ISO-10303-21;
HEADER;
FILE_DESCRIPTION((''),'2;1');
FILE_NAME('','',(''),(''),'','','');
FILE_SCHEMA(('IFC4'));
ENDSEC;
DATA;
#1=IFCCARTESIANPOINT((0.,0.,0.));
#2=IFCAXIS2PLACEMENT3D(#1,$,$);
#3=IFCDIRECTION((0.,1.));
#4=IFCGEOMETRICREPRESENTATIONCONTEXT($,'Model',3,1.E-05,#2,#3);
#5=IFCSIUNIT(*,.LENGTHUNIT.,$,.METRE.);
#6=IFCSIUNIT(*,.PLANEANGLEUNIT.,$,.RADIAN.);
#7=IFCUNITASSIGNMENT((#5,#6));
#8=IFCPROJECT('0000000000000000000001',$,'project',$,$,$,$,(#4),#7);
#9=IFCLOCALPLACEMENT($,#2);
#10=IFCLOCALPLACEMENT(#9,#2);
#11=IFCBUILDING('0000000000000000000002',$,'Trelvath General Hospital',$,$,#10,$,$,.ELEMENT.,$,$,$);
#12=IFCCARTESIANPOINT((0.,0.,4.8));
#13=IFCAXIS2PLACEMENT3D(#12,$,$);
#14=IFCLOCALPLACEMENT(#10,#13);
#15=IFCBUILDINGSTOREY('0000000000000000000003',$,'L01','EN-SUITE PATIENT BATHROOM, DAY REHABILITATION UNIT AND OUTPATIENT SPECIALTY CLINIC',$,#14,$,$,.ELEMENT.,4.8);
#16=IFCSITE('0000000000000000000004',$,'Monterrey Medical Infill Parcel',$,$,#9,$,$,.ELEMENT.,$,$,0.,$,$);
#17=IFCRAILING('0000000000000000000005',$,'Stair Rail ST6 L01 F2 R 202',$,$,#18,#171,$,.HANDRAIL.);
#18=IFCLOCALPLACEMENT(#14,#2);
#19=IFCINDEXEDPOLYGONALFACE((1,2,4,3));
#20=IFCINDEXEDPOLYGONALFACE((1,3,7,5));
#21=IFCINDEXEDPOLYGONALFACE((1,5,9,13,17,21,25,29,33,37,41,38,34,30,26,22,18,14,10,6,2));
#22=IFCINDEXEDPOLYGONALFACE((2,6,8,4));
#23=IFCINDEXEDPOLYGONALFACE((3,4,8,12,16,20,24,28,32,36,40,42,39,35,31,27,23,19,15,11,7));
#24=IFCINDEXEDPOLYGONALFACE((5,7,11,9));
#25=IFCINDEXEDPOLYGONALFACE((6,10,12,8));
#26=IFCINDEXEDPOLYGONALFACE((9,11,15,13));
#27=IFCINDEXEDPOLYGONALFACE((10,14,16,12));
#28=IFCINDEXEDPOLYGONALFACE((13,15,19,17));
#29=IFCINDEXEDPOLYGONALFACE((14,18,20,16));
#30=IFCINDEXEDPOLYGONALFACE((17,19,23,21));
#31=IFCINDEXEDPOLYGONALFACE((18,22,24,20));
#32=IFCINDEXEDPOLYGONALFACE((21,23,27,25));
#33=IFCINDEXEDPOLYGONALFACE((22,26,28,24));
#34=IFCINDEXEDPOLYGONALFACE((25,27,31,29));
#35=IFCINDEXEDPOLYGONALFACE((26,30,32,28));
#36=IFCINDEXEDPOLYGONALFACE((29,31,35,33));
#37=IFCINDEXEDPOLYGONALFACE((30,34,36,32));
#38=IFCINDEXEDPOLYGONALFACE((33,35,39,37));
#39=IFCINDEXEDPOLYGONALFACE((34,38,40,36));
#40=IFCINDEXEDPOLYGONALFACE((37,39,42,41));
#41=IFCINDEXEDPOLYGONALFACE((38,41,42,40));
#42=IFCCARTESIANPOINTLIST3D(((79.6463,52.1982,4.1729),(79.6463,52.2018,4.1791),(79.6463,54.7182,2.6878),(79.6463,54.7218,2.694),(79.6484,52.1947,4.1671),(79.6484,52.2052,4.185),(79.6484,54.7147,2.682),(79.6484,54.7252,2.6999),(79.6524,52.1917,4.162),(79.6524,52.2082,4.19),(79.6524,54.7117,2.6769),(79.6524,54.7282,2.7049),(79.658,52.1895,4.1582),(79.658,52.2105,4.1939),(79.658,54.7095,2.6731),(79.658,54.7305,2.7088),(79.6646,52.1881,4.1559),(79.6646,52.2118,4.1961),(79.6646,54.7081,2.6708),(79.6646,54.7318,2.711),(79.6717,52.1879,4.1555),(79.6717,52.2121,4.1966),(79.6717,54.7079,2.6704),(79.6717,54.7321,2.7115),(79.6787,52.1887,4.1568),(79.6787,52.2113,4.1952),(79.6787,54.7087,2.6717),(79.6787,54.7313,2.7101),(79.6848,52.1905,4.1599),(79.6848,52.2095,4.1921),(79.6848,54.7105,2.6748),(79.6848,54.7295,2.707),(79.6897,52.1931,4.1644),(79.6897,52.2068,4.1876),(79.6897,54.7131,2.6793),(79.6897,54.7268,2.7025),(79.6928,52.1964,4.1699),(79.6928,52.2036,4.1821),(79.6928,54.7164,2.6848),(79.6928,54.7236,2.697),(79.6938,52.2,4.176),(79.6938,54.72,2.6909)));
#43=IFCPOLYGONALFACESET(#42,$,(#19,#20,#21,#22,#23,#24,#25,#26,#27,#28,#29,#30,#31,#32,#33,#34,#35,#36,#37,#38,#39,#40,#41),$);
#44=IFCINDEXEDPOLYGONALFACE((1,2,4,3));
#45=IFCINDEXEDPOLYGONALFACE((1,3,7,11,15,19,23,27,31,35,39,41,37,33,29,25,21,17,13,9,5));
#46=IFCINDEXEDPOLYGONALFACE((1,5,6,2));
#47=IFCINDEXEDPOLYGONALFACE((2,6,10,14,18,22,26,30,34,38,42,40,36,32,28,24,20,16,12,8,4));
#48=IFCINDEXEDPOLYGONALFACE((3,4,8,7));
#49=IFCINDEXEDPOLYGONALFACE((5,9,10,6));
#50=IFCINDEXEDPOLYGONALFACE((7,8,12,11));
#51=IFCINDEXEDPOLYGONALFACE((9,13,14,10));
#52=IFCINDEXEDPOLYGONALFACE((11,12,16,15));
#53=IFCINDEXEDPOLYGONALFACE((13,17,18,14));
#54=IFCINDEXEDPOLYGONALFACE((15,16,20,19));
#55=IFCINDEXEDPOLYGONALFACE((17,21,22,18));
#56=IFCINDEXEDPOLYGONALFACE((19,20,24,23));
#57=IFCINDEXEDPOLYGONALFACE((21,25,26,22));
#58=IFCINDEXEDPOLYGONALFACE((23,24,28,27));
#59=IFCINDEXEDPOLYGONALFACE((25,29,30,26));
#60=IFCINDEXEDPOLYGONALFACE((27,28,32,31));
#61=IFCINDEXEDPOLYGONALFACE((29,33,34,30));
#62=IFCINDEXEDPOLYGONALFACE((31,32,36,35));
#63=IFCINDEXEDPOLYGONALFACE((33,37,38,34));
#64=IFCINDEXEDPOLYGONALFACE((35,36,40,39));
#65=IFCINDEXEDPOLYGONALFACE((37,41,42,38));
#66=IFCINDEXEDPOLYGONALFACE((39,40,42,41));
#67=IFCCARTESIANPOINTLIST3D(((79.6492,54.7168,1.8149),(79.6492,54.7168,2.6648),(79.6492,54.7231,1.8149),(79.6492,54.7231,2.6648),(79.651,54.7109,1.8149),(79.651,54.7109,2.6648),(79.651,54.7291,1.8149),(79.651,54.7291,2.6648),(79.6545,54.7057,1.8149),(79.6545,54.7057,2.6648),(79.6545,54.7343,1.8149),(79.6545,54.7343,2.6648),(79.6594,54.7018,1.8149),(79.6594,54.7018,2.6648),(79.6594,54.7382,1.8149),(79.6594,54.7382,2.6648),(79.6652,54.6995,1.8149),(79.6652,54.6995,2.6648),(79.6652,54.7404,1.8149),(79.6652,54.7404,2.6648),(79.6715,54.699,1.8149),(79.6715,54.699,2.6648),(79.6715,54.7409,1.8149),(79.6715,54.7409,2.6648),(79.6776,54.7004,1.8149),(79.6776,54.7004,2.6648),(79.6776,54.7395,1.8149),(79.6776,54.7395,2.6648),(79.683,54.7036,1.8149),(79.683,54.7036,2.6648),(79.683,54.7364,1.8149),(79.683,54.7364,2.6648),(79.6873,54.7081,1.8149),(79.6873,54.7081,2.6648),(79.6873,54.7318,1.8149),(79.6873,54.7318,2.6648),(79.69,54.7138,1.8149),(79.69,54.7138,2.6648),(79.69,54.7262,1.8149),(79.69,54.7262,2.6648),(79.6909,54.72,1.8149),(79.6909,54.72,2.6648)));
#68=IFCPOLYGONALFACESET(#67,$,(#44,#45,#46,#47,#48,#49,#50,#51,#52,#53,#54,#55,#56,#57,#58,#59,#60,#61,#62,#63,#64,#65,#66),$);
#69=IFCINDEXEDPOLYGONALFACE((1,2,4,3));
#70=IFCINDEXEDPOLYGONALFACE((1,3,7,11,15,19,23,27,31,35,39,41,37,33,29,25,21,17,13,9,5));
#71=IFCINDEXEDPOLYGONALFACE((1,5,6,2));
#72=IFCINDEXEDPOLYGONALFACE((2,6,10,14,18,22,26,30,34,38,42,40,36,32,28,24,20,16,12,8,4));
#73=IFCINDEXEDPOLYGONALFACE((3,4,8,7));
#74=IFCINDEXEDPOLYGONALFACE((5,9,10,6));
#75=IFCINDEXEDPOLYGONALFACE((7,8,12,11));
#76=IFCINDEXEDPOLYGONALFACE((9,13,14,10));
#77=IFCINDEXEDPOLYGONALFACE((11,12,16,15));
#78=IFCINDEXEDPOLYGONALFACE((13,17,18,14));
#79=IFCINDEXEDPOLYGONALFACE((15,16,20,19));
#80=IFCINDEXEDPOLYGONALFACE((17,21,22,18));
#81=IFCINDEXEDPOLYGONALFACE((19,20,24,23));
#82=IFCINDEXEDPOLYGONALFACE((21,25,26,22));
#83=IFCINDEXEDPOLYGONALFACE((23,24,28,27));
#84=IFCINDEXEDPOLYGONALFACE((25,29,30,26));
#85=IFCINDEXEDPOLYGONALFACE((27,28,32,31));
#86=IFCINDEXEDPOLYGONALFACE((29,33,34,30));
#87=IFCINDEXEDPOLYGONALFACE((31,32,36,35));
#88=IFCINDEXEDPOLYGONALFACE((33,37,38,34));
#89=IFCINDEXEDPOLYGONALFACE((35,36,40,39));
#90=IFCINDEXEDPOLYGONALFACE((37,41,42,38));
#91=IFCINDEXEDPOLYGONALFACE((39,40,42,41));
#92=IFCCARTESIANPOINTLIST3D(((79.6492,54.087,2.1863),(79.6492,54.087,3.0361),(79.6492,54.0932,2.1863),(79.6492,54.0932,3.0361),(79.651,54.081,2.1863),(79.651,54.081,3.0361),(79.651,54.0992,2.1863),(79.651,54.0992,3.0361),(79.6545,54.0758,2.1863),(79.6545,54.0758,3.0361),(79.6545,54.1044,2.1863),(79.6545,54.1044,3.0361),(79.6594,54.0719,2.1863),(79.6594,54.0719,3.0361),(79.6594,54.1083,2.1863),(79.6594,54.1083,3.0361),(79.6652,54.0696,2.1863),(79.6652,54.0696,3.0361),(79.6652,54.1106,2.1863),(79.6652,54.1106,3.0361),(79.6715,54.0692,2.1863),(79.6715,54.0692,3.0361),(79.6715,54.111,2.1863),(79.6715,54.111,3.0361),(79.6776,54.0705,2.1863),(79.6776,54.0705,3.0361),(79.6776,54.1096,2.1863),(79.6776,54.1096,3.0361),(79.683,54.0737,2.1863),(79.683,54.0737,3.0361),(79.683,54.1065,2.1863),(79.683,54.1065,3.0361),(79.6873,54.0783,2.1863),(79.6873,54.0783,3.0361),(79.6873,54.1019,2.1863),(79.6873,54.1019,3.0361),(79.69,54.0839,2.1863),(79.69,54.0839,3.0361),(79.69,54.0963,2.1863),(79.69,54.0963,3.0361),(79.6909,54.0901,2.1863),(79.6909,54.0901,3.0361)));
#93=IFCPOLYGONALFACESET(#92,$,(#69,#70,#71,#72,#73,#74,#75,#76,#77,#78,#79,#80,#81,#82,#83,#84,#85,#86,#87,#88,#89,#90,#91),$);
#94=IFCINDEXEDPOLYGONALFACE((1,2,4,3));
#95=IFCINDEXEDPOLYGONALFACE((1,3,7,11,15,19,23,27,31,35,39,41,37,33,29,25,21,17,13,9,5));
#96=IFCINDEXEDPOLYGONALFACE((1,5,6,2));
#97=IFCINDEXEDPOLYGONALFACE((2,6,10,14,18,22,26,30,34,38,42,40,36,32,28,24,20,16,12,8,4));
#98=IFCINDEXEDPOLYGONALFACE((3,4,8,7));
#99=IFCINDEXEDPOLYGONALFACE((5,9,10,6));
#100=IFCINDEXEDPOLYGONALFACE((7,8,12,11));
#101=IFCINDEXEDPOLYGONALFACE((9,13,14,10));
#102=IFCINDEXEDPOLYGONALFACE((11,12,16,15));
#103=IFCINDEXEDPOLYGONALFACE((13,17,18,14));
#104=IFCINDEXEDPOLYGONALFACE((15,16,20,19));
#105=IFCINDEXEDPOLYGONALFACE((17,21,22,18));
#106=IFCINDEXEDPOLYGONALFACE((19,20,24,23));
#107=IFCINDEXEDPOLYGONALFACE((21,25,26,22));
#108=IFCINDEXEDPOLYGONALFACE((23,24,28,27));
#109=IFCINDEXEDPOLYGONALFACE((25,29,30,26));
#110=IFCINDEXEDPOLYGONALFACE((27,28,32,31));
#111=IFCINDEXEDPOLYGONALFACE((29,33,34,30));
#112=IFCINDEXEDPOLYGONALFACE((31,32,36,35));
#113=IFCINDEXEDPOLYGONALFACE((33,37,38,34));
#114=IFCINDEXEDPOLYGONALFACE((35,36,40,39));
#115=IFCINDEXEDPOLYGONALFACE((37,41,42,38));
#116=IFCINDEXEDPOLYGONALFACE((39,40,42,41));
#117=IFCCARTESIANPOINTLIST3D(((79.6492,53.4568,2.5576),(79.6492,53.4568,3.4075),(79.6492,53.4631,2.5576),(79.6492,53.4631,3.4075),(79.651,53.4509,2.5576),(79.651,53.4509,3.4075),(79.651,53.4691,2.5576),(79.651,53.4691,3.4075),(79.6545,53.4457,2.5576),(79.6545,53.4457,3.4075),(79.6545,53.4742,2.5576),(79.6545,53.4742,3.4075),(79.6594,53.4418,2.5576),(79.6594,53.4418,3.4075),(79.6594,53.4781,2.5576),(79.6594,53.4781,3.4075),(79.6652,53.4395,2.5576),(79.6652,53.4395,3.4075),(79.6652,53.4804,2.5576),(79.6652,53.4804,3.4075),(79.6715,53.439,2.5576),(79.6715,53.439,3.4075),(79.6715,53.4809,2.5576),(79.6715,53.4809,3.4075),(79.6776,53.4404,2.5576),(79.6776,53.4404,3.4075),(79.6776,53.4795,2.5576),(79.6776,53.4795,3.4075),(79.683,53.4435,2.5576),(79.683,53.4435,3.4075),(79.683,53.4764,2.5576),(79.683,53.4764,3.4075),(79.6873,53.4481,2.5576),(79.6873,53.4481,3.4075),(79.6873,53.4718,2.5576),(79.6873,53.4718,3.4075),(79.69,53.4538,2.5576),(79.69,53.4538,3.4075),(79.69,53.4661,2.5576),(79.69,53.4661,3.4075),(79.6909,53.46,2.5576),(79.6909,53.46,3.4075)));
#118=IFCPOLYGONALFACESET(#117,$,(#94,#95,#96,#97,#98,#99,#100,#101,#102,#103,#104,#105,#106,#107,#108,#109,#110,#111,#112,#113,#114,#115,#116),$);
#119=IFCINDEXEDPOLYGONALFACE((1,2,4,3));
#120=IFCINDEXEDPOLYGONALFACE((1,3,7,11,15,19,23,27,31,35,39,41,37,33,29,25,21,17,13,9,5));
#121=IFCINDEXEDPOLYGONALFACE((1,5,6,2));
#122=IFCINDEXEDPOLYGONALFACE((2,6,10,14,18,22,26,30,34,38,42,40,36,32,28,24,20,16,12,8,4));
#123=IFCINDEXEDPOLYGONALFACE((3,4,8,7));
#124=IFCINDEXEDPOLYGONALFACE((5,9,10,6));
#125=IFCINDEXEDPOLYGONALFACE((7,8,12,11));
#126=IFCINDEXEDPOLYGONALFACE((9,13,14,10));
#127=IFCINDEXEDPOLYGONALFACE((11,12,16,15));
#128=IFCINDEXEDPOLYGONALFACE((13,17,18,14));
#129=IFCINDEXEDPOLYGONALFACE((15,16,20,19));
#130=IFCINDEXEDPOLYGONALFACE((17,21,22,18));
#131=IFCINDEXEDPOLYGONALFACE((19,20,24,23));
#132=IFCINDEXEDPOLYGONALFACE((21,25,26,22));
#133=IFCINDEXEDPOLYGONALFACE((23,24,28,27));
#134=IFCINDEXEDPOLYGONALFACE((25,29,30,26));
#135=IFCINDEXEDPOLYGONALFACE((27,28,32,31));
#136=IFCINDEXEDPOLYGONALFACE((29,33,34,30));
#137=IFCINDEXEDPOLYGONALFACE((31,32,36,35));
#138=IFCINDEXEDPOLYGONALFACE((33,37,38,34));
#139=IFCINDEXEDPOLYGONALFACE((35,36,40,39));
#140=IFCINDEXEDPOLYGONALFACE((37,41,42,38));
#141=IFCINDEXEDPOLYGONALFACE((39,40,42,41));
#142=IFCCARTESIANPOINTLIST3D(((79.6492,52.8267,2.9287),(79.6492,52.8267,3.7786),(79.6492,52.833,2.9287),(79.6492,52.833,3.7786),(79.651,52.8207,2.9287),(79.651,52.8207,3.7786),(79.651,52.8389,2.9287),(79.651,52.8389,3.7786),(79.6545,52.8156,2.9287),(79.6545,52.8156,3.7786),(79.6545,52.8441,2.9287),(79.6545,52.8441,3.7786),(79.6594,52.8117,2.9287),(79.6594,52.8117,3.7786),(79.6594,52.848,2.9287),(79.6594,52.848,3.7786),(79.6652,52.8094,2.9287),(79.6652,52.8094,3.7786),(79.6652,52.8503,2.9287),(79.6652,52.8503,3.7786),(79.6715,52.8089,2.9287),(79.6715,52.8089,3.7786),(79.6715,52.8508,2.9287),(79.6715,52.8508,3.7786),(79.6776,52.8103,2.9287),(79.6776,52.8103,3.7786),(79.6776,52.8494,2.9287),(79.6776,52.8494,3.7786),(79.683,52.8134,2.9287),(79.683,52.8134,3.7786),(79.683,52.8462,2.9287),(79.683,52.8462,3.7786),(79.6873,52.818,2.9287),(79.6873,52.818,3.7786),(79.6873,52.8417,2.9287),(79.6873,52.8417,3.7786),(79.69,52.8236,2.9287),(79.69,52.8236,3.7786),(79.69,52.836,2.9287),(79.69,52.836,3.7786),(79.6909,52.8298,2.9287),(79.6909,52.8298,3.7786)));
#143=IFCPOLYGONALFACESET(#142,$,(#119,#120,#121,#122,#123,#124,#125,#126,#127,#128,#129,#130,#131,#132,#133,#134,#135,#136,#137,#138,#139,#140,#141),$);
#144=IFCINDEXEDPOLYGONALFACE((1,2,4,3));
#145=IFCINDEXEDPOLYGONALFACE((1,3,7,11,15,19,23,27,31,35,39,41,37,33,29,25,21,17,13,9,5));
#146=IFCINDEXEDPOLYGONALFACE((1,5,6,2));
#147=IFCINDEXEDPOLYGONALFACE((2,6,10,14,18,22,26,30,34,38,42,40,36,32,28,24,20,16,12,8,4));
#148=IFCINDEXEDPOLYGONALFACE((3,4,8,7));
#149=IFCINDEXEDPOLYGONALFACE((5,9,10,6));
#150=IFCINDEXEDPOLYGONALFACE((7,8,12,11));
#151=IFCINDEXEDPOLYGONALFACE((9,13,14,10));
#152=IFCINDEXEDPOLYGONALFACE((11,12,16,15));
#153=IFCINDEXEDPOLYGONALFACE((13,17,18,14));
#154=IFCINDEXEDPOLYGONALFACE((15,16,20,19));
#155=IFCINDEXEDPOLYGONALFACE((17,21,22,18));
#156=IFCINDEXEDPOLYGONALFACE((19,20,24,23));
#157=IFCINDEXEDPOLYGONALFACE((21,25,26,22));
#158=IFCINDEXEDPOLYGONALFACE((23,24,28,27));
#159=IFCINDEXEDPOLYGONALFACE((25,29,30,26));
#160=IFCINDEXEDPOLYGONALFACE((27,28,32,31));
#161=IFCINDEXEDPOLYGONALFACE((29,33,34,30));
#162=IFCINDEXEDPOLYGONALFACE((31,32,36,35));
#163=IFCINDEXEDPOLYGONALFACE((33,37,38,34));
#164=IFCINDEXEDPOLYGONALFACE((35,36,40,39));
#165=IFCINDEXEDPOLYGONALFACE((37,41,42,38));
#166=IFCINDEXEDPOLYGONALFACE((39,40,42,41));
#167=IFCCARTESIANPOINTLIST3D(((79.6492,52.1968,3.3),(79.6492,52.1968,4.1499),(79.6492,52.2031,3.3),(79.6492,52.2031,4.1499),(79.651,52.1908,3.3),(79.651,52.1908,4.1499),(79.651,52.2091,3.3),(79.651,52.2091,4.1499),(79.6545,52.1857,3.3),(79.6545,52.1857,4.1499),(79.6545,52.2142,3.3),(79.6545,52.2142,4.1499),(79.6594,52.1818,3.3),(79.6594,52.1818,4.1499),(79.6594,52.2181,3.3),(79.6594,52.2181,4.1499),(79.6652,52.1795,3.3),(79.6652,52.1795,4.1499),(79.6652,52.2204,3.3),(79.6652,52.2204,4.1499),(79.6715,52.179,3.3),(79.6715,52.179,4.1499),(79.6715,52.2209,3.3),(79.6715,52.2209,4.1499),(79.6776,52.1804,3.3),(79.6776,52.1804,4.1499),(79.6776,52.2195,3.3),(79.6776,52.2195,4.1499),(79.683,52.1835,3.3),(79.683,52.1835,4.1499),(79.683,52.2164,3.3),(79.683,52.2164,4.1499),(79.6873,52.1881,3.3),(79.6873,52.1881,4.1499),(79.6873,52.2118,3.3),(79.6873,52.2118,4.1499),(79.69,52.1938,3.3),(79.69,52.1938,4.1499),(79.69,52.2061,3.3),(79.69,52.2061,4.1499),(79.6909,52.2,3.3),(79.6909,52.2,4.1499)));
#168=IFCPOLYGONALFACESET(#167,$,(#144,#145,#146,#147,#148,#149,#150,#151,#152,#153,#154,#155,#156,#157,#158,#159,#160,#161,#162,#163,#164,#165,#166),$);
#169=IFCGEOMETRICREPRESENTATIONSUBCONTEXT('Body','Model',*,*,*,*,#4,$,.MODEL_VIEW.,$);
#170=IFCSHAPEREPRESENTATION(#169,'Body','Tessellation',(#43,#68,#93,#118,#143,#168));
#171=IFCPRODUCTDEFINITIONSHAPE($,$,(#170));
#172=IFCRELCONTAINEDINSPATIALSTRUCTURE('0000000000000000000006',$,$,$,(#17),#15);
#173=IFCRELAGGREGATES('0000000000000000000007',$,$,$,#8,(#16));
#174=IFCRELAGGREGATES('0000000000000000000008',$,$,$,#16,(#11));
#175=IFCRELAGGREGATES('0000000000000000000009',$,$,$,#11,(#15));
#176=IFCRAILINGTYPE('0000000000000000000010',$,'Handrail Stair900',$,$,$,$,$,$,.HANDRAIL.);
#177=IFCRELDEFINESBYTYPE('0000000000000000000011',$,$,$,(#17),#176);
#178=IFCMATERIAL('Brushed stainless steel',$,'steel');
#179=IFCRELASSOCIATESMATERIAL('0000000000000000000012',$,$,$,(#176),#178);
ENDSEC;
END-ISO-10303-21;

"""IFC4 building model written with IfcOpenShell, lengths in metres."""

from ifc_helpers import new_model, si_unit, direction, frame, origin, origin_2d, place, context, subcontext, project, spatial, circle, extrude, material, type_object, element, save


model = new_model("IFC4")

# Units and contexts
model_context = context("Model", 3, precision=1e-05, world=origin(), true_north=direction((0.0, 1.0)))
body_context = subcontext(model_context, "Body", "Model", "MODEL_VIEW")
ifc_project = project(units=[si_unit("LENGTHUNIT", "METRE"), si_unit("PLANEANGLEUNIT", "RADIAN")], contexts=[model_context])

# Site, building, storey
site_placement = place(None, origin())
site = spatial("IfcSite", under=ifc_project, at=site_placement, Name="Monterrey Medical Infill Parcel", CompositionType="ELEMENT", RefElevation=0.0)
building_placement = place(site_placement, origin())
building = spatial("IfcBuilding", under=site, at=building_placement, Name="Trelvath General Hospital", CompositionType="ELEMENT")
storey_placement = place(building_placement, frame((0.0, 0.0, 4.8)))
storey = spatial("IfcBuildingStorey", under=building, at=storey_placement, Name="L01", Description="EN-SUITE PATIENT BATHROOM, DAY REHABILITATION UNIT AND OUTPATIENT SPECIALTY CLINIC", CompositionType="ELEMENT", Elevation=4.8)

# Railing
ifc_material_1 = material(Name="Brushed stainless steel", Category="steel")
railing_type_1 = type_object("IfcRailingType", Name="Handrail Stair900", PredefinedType="HANDRAIL", material=ifc_material_1)
railing_1_placement = place(storey_placement, frame((79.6699, 54.72, 1.8149)))
element("IfcRailing", 1, at=railing_1_placement, inside=storey, type_object=railing_type_1, Name="Stair Rail ST6 L01 F2 R 202", PredefinedType="HANDRAIL", context=body_context, shape_type="SweptSolid", body=[
    extrude(circle(Radius=0.0239, at=origin_2d()), frame((0.0, 0.0, 0.876), z_axis=(0.0, -0.861524, 0.507717), x_axis=(1.0, 0.0, 0.0)), (0.0, 0.0, 1.0), 2.925),
    extrude(circle(Radius=0.021, at=origin_2d()), origin(), (0.0, 0.0, 1.0), 0.8499),
    extrude(circle(Radius=0.021, at=origin_2d()), frame((0.0, -0.6299, 0.3713)), (0.0, 0.0, 1.0), 0.8499),
    extrude(circle(Radius=0.021, at=origin_2d()), frame((0.0, -1.26, 0.7427)), (0.0, 0.0, 1.0), 0.8499),
    extrude(circle(Radius=0.021, at=origin_2d()), frame((0.0, -1.8901, 1.1138)), (0.0, 0.0, 1.0), 0.8499),
    extrude(circle(Radius=0.021, at=origin_2d()), frame((0.0, -2.52, 1.4851)), (0.0, 0.0, 1.0), 0.8499),
])

save(model, "model.ifc")
